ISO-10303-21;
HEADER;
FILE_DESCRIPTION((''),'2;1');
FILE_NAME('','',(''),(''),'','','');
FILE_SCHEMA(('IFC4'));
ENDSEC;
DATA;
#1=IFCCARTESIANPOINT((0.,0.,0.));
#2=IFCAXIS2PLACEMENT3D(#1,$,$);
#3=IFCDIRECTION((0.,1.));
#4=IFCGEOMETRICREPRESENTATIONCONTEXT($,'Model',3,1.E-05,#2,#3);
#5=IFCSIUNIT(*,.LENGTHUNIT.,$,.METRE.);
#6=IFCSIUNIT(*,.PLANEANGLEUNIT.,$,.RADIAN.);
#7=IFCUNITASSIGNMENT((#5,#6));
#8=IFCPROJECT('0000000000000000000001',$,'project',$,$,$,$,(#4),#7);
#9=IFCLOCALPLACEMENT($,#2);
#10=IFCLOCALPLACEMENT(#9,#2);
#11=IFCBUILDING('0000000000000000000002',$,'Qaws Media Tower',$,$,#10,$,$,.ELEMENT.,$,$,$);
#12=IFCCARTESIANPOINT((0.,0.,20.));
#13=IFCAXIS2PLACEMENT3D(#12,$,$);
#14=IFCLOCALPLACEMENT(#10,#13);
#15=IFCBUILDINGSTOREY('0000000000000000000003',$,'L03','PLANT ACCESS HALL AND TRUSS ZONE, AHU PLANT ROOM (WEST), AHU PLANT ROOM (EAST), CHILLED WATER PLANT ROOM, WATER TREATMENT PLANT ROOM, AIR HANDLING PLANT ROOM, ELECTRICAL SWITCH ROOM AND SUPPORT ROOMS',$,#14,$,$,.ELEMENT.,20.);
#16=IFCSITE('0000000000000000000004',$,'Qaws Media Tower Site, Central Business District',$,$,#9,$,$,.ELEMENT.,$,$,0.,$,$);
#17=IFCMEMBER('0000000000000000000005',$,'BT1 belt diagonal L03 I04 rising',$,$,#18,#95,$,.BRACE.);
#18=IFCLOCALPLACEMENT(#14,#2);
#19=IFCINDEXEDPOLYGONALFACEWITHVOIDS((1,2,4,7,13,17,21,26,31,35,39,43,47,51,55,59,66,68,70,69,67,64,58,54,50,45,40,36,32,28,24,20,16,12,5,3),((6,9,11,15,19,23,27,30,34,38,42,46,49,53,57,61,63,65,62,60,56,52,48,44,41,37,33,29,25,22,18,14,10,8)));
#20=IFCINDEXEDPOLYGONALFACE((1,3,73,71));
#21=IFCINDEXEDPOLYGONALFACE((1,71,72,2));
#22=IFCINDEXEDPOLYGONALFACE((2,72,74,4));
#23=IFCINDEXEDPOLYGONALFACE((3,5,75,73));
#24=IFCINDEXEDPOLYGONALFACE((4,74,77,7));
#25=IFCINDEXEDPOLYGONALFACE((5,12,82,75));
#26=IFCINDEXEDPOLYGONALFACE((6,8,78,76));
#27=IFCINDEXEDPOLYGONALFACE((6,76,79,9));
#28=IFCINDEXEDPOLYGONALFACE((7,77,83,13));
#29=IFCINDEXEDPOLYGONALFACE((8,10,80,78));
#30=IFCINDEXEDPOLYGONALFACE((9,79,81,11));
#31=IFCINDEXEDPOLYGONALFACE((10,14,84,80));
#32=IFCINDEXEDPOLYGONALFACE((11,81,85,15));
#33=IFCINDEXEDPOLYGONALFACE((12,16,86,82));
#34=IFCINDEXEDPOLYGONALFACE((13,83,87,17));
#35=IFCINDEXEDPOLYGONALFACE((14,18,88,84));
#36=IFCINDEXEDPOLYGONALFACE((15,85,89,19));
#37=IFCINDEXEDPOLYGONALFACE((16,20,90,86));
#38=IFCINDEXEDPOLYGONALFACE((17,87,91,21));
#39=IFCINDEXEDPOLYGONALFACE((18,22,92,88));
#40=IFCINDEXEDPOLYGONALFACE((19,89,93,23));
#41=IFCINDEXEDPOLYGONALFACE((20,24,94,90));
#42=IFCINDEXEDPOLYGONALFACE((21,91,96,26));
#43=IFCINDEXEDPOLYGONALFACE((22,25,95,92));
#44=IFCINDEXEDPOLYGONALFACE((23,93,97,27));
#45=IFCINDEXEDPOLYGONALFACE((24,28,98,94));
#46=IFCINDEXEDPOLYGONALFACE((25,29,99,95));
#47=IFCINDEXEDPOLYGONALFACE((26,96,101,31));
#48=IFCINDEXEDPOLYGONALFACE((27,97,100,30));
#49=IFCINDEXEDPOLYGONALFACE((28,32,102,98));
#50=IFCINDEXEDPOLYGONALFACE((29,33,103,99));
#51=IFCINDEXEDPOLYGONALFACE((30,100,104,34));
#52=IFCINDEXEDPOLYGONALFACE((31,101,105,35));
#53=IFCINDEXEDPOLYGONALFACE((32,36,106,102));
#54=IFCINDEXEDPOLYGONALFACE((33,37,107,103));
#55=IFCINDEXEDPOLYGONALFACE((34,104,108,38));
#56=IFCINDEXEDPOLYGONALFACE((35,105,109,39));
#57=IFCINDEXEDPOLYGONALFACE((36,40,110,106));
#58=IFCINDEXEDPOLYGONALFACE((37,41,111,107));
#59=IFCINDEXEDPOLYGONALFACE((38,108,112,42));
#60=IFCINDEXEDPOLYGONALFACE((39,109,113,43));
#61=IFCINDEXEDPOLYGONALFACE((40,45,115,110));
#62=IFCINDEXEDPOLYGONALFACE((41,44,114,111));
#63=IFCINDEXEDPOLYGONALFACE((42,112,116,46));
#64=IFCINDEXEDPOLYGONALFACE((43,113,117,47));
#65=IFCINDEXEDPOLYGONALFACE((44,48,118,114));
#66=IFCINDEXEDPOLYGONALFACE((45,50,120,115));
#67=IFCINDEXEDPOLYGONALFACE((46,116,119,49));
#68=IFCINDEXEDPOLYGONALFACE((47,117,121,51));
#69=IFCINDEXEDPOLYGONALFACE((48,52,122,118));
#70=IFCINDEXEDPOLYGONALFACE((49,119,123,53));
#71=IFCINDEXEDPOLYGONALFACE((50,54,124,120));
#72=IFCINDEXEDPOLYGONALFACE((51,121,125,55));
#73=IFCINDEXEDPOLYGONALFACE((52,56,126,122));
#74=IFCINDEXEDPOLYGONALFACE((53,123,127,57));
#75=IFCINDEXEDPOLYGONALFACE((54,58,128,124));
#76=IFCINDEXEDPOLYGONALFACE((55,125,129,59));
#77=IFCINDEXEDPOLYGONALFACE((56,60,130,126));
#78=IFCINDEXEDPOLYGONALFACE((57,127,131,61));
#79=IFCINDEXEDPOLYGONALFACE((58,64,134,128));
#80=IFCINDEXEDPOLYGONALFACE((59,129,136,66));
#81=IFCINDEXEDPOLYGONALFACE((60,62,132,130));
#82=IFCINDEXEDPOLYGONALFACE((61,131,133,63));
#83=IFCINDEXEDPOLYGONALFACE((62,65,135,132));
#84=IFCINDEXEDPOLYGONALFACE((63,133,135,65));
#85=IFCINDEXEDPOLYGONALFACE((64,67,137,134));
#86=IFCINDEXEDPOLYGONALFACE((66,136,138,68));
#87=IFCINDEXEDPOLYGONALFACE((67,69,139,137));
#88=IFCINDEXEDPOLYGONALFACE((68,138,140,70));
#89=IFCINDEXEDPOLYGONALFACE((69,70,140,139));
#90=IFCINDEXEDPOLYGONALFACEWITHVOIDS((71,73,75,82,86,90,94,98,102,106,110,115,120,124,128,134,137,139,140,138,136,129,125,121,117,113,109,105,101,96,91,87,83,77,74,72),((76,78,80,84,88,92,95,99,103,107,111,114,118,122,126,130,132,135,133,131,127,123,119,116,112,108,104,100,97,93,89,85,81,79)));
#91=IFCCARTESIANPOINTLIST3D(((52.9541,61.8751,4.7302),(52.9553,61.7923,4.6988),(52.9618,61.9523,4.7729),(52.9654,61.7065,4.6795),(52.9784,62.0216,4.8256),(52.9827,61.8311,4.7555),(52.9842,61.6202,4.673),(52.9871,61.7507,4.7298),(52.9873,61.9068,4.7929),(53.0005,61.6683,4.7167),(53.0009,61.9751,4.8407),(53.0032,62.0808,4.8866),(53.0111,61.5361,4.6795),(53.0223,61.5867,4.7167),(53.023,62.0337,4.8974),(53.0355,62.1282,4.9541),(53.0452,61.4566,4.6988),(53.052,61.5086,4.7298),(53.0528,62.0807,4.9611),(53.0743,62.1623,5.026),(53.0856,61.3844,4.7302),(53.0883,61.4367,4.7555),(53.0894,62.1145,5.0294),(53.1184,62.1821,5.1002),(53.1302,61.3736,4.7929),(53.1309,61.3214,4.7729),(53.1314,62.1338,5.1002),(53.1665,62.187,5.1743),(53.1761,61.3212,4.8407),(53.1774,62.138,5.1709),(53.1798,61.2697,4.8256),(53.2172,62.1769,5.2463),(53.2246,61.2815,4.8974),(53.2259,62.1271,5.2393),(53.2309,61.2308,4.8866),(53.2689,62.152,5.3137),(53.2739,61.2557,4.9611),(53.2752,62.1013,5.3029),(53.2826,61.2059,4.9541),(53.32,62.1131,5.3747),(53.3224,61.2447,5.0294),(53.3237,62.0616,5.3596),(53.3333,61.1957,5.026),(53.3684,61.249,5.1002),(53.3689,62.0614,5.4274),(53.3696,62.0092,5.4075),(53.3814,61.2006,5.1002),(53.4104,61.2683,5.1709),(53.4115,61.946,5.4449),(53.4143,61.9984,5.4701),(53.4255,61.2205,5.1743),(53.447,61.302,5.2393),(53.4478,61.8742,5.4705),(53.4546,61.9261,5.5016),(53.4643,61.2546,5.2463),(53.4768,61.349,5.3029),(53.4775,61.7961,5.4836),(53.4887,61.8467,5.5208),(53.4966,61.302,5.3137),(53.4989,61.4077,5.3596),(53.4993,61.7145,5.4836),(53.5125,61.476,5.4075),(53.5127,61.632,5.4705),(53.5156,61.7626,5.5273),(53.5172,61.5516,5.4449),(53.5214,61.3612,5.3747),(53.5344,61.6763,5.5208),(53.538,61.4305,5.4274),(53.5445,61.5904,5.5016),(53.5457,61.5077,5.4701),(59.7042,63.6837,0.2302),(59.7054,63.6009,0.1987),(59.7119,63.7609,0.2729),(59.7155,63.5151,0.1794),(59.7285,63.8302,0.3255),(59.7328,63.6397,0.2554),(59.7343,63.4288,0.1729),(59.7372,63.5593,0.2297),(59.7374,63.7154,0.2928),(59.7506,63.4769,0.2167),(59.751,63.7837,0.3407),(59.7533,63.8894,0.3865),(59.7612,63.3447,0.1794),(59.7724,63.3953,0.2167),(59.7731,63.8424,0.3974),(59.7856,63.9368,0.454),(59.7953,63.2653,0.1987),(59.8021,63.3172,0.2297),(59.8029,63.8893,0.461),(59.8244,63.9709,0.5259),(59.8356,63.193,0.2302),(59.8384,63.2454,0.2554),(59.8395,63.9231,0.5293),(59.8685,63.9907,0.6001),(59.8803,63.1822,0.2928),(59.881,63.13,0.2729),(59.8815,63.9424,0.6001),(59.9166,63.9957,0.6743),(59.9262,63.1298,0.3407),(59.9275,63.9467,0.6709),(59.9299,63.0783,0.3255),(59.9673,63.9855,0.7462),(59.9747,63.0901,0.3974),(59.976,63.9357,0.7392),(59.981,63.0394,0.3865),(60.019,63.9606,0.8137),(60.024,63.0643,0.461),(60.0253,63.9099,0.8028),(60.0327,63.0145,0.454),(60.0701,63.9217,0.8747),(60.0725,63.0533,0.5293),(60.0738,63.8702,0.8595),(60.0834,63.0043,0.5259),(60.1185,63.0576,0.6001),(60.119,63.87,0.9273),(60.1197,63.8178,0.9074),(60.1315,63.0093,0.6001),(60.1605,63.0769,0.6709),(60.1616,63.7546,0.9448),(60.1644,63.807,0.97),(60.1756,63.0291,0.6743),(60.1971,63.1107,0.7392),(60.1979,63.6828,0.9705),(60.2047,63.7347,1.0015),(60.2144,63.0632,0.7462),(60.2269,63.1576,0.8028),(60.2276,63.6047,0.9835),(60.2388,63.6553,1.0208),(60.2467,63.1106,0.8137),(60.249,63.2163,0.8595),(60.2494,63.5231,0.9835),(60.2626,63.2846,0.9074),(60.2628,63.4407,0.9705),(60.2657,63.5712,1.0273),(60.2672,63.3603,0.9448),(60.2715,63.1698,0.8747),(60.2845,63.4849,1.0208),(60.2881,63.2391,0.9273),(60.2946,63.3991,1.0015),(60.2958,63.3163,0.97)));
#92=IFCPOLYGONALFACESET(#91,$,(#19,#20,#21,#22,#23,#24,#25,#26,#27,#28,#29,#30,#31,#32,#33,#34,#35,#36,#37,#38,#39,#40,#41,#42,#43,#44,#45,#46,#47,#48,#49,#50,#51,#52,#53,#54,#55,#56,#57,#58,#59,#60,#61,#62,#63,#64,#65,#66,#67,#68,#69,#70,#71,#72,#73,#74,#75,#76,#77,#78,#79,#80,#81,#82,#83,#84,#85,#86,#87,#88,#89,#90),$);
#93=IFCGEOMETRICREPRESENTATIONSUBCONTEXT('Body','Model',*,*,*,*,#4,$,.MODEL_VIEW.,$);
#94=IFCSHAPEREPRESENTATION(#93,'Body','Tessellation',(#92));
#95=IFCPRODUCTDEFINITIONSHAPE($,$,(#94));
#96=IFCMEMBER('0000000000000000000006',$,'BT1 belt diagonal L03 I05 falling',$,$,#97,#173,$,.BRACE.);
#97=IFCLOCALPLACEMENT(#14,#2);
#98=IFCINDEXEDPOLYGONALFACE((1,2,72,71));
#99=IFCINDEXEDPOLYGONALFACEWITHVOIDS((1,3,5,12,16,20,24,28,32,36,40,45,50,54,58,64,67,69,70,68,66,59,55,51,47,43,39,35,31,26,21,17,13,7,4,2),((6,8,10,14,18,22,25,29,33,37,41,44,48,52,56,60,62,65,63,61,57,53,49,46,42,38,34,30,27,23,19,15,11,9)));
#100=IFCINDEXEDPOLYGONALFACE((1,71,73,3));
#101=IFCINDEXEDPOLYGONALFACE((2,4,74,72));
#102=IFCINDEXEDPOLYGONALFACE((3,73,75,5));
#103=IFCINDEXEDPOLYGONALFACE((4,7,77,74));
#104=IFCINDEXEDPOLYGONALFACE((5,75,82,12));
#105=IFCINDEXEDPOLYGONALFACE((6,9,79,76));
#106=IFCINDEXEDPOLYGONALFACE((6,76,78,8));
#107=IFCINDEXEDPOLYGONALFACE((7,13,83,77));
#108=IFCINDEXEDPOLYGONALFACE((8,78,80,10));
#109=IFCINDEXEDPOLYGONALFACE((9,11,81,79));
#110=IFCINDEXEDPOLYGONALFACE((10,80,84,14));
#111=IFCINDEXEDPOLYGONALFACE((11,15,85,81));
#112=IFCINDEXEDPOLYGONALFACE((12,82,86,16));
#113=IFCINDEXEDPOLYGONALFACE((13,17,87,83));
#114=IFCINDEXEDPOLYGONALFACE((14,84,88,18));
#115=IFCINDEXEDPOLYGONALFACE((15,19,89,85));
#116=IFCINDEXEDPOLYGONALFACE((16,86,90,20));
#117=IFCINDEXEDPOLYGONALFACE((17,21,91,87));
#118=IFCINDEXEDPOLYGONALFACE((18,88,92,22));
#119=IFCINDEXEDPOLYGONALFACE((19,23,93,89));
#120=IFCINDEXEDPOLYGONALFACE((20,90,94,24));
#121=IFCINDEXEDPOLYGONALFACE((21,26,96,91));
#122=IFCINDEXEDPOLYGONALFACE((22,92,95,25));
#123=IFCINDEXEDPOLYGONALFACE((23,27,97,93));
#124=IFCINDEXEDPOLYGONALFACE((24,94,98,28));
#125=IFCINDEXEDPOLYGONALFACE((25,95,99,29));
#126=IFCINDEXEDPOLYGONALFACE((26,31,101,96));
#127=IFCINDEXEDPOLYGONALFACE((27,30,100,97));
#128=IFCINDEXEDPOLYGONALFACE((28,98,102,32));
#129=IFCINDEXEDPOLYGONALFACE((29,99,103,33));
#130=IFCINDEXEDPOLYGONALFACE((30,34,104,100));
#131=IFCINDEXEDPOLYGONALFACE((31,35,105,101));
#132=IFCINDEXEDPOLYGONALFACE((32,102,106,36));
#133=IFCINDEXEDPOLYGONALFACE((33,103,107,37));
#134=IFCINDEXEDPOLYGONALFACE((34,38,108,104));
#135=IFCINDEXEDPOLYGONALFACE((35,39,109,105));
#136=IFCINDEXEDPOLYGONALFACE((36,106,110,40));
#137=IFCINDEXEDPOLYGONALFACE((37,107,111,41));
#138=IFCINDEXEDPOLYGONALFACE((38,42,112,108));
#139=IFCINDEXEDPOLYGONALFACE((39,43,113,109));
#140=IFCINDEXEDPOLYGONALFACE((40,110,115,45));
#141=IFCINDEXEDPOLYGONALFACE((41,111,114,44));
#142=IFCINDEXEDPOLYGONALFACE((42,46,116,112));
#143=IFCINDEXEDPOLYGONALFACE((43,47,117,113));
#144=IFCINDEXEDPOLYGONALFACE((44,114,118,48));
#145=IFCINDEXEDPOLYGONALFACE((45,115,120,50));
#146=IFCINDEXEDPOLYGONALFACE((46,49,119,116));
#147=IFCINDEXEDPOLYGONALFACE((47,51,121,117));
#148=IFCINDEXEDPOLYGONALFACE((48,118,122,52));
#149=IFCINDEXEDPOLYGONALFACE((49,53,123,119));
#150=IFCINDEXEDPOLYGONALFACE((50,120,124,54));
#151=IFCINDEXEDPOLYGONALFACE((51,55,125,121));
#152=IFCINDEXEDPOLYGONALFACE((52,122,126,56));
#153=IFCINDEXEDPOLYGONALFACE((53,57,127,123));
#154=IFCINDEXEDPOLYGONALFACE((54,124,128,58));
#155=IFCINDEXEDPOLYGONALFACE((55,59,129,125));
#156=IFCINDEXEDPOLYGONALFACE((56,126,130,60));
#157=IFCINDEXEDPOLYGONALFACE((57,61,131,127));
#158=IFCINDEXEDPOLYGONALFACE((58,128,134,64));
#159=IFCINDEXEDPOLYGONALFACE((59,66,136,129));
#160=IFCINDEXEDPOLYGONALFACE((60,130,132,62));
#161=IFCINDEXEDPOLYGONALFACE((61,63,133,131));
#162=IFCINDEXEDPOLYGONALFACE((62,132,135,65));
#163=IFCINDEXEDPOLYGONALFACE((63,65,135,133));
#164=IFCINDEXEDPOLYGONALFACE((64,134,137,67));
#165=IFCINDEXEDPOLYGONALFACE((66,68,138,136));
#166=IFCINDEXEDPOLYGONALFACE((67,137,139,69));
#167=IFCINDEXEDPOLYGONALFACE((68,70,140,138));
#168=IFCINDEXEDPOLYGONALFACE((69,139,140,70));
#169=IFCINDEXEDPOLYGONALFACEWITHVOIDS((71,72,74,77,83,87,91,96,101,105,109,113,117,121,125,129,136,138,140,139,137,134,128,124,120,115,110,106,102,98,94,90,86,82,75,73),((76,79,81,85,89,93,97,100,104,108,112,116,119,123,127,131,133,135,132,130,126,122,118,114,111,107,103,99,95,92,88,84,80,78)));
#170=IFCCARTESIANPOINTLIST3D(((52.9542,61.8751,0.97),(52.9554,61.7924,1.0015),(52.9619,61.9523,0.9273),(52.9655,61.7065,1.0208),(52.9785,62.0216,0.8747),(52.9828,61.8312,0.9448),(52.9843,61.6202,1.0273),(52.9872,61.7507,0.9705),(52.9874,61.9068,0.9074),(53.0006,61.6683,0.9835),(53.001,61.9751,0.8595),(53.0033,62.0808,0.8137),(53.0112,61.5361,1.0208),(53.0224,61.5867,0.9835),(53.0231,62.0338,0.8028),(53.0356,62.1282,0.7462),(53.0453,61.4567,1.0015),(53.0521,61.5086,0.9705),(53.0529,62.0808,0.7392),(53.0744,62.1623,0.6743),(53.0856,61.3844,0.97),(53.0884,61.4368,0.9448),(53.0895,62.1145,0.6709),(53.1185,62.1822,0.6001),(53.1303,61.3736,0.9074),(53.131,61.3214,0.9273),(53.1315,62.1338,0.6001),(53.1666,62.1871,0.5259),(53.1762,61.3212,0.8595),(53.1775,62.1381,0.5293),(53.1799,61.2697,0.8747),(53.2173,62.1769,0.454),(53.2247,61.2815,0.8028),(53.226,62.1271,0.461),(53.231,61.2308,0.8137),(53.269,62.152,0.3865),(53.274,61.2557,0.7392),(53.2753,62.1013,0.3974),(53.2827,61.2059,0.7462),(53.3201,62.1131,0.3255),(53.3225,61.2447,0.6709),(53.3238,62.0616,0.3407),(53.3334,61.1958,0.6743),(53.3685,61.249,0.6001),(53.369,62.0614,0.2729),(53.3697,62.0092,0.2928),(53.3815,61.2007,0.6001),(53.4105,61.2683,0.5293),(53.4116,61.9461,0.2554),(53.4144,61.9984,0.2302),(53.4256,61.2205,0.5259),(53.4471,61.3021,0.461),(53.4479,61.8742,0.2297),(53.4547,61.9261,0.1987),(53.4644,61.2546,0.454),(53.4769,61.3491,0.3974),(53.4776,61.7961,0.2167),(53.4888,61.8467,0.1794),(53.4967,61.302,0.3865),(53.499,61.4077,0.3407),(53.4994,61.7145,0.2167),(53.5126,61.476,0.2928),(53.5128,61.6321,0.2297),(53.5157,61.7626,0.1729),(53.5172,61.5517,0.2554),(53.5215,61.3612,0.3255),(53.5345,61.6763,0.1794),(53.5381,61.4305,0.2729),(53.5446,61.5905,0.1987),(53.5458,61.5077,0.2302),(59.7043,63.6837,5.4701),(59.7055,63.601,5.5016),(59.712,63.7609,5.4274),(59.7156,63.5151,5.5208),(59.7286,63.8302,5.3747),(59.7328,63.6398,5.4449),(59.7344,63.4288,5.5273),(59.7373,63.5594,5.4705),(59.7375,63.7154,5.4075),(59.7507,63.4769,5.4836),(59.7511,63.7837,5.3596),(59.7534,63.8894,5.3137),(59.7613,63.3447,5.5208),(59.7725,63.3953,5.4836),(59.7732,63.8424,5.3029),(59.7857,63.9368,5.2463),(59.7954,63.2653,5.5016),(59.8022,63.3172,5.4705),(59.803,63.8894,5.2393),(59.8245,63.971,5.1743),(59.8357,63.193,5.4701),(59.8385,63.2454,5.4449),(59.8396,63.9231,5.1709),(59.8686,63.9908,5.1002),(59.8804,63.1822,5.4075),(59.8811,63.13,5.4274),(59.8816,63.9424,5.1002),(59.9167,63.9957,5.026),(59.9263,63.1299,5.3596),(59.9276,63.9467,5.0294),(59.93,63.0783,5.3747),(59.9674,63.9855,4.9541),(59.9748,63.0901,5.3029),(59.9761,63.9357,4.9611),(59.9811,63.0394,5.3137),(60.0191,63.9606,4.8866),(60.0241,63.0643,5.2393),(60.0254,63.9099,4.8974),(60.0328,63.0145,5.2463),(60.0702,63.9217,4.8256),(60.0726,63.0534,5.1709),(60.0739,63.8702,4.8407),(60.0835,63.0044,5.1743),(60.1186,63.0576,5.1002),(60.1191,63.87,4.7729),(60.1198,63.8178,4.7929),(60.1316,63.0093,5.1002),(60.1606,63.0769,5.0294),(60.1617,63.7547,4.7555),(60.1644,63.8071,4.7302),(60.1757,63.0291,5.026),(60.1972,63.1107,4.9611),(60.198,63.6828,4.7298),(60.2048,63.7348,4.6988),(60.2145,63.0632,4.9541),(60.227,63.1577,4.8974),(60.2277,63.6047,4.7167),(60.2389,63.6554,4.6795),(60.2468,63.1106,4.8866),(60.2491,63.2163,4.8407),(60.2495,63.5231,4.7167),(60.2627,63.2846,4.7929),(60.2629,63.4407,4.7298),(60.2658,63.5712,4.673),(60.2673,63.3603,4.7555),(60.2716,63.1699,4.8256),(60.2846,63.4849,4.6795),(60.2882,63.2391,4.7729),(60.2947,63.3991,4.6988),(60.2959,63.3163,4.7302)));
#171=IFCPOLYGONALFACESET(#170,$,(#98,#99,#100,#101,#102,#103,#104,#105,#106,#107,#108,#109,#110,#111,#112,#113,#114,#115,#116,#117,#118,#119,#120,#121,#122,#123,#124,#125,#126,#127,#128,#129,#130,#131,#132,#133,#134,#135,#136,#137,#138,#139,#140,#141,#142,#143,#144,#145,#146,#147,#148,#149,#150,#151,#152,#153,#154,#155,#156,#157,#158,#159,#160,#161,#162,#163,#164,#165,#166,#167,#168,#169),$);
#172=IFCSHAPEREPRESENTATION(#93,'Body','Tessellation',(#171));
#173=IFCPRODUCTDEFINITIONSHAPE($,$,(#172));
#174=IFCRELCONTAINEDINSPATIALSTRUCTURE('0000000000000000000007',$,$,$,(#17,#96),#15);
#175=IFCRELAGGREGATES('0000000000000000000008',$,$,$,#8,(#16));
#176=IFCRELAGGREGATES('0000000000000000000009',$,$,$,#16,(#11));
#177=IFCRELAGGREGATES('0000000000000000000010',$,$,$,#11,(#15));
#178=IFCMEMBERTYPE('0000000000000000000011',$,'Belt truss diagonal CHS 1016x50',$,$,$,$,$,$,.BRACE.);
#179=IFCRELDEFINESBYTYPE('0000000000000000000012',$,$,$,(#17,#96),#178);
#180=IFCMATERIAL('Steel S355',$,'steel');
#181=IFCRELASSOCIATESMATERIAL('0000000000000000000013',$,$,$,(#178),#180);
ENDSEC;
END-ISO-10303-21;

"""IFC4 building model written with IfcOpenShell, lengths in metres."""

from ifc_helpers import new_model, si_unit, direction, frame, origin, origin_2d, place, context, subcontext, project, spatial, hollow_circle, extrude, material, material_profile, profile_set, type_object, element, save


model = new_model("IFC4")

# Units and contexts
model_context = context("Model", 3, precision=1e-05, world=origin(), true_north=direction((0.0, 1.0)))
body_context = subcontext(model_context, "Body", "Model", "MODEL_VIEW")
ifc_project = project(units=[si_unit("LENGTHUNIT", "METRE"), si_unit("PLANEANGLEUNIT", "RADIAN")], contexts=[model_context])

# Site, building, storey
site_placement = place(None, origin())
site = spatial("IfcSite", under=ifc_project, at=site_placement, Name="Qaws Media Tower Site, Central Business District", CompositionType="ELEMENT", RefElevation=0.0)
building_placement = place(site_placement, origin())
building = spatial("IfcBuilding", under=site, at=building_placement, Name="Qaws Media Tower", CompositionType="ELEMENT")
storey_placement = place(building_placement, frame((0.0, 0.0, 20.0)))
storey = spatial("IfcBuildingStorey", under=building, at=storey_placement, Name="L03", Description="PLANT ACCESS HALL AND TRUSS ZONE, AHU PLANT ROOM (WEST), AHU PLANT ROOM (EAST), CHILLED WATER PLANT ROOM, WATER TREATMENT PLANT ROOM, AIR HANDLING PLANT ROOM, ELECTRICAL SWITCH ROOM AND SUPPORT ROOMS", CompositionType="ELEMENT", Elevation=20.0)

# Members
ifc_material_1 = material(Name="Steel S355", Category="steel")
ifc_material_profile_1 = material_profile(ifc_material_1, hollow_circle(Radius=0.5081, WallThickness=0.05, at=origin_2d()), Name="CHS 1016x50")
ifc_profile_set_1 = profile_set([ifc_material_profile_1], Name="Steel S355")
member_type = type_object("IfcMemberType", Name="Belt truss diagonal CHS 1016x50", PredefinedType="BRACE", material=ifc_profile_set_1)
for number, where, z_axis, x_axis, name in (
    (1, (60.0, 63.5, 0.6001), (-0.812113, -0.217597, 0.541409), (0.258811, -0.965928, 0.0), "BT1 belt diagonal L03 I04 rising"),
    (2, (53.25, 61.6914, 0.6001), (0.812113, 0.217597, 0.541409), (-0.258811, 0.965928, 0.0), "BT1 belt diagonal L03 I05 falling"),
):
    element("IfcMember", number, at=place(storey_placement, frame(where, z_axis=z_axis, x_axis=x_axis)), inside=storey, type_object=member_type, Name=name, PredefinedType="BRACE", context=body_context, shape_type="SweptSolid", body=[
        extrude(hollow_circle(Radius=0.5081, WallThickness=0.05, at=origin_2d()), origin(), (0.0, 0.0, 1.0), 8.3118),
    ])

save(model, "model.ifc")
